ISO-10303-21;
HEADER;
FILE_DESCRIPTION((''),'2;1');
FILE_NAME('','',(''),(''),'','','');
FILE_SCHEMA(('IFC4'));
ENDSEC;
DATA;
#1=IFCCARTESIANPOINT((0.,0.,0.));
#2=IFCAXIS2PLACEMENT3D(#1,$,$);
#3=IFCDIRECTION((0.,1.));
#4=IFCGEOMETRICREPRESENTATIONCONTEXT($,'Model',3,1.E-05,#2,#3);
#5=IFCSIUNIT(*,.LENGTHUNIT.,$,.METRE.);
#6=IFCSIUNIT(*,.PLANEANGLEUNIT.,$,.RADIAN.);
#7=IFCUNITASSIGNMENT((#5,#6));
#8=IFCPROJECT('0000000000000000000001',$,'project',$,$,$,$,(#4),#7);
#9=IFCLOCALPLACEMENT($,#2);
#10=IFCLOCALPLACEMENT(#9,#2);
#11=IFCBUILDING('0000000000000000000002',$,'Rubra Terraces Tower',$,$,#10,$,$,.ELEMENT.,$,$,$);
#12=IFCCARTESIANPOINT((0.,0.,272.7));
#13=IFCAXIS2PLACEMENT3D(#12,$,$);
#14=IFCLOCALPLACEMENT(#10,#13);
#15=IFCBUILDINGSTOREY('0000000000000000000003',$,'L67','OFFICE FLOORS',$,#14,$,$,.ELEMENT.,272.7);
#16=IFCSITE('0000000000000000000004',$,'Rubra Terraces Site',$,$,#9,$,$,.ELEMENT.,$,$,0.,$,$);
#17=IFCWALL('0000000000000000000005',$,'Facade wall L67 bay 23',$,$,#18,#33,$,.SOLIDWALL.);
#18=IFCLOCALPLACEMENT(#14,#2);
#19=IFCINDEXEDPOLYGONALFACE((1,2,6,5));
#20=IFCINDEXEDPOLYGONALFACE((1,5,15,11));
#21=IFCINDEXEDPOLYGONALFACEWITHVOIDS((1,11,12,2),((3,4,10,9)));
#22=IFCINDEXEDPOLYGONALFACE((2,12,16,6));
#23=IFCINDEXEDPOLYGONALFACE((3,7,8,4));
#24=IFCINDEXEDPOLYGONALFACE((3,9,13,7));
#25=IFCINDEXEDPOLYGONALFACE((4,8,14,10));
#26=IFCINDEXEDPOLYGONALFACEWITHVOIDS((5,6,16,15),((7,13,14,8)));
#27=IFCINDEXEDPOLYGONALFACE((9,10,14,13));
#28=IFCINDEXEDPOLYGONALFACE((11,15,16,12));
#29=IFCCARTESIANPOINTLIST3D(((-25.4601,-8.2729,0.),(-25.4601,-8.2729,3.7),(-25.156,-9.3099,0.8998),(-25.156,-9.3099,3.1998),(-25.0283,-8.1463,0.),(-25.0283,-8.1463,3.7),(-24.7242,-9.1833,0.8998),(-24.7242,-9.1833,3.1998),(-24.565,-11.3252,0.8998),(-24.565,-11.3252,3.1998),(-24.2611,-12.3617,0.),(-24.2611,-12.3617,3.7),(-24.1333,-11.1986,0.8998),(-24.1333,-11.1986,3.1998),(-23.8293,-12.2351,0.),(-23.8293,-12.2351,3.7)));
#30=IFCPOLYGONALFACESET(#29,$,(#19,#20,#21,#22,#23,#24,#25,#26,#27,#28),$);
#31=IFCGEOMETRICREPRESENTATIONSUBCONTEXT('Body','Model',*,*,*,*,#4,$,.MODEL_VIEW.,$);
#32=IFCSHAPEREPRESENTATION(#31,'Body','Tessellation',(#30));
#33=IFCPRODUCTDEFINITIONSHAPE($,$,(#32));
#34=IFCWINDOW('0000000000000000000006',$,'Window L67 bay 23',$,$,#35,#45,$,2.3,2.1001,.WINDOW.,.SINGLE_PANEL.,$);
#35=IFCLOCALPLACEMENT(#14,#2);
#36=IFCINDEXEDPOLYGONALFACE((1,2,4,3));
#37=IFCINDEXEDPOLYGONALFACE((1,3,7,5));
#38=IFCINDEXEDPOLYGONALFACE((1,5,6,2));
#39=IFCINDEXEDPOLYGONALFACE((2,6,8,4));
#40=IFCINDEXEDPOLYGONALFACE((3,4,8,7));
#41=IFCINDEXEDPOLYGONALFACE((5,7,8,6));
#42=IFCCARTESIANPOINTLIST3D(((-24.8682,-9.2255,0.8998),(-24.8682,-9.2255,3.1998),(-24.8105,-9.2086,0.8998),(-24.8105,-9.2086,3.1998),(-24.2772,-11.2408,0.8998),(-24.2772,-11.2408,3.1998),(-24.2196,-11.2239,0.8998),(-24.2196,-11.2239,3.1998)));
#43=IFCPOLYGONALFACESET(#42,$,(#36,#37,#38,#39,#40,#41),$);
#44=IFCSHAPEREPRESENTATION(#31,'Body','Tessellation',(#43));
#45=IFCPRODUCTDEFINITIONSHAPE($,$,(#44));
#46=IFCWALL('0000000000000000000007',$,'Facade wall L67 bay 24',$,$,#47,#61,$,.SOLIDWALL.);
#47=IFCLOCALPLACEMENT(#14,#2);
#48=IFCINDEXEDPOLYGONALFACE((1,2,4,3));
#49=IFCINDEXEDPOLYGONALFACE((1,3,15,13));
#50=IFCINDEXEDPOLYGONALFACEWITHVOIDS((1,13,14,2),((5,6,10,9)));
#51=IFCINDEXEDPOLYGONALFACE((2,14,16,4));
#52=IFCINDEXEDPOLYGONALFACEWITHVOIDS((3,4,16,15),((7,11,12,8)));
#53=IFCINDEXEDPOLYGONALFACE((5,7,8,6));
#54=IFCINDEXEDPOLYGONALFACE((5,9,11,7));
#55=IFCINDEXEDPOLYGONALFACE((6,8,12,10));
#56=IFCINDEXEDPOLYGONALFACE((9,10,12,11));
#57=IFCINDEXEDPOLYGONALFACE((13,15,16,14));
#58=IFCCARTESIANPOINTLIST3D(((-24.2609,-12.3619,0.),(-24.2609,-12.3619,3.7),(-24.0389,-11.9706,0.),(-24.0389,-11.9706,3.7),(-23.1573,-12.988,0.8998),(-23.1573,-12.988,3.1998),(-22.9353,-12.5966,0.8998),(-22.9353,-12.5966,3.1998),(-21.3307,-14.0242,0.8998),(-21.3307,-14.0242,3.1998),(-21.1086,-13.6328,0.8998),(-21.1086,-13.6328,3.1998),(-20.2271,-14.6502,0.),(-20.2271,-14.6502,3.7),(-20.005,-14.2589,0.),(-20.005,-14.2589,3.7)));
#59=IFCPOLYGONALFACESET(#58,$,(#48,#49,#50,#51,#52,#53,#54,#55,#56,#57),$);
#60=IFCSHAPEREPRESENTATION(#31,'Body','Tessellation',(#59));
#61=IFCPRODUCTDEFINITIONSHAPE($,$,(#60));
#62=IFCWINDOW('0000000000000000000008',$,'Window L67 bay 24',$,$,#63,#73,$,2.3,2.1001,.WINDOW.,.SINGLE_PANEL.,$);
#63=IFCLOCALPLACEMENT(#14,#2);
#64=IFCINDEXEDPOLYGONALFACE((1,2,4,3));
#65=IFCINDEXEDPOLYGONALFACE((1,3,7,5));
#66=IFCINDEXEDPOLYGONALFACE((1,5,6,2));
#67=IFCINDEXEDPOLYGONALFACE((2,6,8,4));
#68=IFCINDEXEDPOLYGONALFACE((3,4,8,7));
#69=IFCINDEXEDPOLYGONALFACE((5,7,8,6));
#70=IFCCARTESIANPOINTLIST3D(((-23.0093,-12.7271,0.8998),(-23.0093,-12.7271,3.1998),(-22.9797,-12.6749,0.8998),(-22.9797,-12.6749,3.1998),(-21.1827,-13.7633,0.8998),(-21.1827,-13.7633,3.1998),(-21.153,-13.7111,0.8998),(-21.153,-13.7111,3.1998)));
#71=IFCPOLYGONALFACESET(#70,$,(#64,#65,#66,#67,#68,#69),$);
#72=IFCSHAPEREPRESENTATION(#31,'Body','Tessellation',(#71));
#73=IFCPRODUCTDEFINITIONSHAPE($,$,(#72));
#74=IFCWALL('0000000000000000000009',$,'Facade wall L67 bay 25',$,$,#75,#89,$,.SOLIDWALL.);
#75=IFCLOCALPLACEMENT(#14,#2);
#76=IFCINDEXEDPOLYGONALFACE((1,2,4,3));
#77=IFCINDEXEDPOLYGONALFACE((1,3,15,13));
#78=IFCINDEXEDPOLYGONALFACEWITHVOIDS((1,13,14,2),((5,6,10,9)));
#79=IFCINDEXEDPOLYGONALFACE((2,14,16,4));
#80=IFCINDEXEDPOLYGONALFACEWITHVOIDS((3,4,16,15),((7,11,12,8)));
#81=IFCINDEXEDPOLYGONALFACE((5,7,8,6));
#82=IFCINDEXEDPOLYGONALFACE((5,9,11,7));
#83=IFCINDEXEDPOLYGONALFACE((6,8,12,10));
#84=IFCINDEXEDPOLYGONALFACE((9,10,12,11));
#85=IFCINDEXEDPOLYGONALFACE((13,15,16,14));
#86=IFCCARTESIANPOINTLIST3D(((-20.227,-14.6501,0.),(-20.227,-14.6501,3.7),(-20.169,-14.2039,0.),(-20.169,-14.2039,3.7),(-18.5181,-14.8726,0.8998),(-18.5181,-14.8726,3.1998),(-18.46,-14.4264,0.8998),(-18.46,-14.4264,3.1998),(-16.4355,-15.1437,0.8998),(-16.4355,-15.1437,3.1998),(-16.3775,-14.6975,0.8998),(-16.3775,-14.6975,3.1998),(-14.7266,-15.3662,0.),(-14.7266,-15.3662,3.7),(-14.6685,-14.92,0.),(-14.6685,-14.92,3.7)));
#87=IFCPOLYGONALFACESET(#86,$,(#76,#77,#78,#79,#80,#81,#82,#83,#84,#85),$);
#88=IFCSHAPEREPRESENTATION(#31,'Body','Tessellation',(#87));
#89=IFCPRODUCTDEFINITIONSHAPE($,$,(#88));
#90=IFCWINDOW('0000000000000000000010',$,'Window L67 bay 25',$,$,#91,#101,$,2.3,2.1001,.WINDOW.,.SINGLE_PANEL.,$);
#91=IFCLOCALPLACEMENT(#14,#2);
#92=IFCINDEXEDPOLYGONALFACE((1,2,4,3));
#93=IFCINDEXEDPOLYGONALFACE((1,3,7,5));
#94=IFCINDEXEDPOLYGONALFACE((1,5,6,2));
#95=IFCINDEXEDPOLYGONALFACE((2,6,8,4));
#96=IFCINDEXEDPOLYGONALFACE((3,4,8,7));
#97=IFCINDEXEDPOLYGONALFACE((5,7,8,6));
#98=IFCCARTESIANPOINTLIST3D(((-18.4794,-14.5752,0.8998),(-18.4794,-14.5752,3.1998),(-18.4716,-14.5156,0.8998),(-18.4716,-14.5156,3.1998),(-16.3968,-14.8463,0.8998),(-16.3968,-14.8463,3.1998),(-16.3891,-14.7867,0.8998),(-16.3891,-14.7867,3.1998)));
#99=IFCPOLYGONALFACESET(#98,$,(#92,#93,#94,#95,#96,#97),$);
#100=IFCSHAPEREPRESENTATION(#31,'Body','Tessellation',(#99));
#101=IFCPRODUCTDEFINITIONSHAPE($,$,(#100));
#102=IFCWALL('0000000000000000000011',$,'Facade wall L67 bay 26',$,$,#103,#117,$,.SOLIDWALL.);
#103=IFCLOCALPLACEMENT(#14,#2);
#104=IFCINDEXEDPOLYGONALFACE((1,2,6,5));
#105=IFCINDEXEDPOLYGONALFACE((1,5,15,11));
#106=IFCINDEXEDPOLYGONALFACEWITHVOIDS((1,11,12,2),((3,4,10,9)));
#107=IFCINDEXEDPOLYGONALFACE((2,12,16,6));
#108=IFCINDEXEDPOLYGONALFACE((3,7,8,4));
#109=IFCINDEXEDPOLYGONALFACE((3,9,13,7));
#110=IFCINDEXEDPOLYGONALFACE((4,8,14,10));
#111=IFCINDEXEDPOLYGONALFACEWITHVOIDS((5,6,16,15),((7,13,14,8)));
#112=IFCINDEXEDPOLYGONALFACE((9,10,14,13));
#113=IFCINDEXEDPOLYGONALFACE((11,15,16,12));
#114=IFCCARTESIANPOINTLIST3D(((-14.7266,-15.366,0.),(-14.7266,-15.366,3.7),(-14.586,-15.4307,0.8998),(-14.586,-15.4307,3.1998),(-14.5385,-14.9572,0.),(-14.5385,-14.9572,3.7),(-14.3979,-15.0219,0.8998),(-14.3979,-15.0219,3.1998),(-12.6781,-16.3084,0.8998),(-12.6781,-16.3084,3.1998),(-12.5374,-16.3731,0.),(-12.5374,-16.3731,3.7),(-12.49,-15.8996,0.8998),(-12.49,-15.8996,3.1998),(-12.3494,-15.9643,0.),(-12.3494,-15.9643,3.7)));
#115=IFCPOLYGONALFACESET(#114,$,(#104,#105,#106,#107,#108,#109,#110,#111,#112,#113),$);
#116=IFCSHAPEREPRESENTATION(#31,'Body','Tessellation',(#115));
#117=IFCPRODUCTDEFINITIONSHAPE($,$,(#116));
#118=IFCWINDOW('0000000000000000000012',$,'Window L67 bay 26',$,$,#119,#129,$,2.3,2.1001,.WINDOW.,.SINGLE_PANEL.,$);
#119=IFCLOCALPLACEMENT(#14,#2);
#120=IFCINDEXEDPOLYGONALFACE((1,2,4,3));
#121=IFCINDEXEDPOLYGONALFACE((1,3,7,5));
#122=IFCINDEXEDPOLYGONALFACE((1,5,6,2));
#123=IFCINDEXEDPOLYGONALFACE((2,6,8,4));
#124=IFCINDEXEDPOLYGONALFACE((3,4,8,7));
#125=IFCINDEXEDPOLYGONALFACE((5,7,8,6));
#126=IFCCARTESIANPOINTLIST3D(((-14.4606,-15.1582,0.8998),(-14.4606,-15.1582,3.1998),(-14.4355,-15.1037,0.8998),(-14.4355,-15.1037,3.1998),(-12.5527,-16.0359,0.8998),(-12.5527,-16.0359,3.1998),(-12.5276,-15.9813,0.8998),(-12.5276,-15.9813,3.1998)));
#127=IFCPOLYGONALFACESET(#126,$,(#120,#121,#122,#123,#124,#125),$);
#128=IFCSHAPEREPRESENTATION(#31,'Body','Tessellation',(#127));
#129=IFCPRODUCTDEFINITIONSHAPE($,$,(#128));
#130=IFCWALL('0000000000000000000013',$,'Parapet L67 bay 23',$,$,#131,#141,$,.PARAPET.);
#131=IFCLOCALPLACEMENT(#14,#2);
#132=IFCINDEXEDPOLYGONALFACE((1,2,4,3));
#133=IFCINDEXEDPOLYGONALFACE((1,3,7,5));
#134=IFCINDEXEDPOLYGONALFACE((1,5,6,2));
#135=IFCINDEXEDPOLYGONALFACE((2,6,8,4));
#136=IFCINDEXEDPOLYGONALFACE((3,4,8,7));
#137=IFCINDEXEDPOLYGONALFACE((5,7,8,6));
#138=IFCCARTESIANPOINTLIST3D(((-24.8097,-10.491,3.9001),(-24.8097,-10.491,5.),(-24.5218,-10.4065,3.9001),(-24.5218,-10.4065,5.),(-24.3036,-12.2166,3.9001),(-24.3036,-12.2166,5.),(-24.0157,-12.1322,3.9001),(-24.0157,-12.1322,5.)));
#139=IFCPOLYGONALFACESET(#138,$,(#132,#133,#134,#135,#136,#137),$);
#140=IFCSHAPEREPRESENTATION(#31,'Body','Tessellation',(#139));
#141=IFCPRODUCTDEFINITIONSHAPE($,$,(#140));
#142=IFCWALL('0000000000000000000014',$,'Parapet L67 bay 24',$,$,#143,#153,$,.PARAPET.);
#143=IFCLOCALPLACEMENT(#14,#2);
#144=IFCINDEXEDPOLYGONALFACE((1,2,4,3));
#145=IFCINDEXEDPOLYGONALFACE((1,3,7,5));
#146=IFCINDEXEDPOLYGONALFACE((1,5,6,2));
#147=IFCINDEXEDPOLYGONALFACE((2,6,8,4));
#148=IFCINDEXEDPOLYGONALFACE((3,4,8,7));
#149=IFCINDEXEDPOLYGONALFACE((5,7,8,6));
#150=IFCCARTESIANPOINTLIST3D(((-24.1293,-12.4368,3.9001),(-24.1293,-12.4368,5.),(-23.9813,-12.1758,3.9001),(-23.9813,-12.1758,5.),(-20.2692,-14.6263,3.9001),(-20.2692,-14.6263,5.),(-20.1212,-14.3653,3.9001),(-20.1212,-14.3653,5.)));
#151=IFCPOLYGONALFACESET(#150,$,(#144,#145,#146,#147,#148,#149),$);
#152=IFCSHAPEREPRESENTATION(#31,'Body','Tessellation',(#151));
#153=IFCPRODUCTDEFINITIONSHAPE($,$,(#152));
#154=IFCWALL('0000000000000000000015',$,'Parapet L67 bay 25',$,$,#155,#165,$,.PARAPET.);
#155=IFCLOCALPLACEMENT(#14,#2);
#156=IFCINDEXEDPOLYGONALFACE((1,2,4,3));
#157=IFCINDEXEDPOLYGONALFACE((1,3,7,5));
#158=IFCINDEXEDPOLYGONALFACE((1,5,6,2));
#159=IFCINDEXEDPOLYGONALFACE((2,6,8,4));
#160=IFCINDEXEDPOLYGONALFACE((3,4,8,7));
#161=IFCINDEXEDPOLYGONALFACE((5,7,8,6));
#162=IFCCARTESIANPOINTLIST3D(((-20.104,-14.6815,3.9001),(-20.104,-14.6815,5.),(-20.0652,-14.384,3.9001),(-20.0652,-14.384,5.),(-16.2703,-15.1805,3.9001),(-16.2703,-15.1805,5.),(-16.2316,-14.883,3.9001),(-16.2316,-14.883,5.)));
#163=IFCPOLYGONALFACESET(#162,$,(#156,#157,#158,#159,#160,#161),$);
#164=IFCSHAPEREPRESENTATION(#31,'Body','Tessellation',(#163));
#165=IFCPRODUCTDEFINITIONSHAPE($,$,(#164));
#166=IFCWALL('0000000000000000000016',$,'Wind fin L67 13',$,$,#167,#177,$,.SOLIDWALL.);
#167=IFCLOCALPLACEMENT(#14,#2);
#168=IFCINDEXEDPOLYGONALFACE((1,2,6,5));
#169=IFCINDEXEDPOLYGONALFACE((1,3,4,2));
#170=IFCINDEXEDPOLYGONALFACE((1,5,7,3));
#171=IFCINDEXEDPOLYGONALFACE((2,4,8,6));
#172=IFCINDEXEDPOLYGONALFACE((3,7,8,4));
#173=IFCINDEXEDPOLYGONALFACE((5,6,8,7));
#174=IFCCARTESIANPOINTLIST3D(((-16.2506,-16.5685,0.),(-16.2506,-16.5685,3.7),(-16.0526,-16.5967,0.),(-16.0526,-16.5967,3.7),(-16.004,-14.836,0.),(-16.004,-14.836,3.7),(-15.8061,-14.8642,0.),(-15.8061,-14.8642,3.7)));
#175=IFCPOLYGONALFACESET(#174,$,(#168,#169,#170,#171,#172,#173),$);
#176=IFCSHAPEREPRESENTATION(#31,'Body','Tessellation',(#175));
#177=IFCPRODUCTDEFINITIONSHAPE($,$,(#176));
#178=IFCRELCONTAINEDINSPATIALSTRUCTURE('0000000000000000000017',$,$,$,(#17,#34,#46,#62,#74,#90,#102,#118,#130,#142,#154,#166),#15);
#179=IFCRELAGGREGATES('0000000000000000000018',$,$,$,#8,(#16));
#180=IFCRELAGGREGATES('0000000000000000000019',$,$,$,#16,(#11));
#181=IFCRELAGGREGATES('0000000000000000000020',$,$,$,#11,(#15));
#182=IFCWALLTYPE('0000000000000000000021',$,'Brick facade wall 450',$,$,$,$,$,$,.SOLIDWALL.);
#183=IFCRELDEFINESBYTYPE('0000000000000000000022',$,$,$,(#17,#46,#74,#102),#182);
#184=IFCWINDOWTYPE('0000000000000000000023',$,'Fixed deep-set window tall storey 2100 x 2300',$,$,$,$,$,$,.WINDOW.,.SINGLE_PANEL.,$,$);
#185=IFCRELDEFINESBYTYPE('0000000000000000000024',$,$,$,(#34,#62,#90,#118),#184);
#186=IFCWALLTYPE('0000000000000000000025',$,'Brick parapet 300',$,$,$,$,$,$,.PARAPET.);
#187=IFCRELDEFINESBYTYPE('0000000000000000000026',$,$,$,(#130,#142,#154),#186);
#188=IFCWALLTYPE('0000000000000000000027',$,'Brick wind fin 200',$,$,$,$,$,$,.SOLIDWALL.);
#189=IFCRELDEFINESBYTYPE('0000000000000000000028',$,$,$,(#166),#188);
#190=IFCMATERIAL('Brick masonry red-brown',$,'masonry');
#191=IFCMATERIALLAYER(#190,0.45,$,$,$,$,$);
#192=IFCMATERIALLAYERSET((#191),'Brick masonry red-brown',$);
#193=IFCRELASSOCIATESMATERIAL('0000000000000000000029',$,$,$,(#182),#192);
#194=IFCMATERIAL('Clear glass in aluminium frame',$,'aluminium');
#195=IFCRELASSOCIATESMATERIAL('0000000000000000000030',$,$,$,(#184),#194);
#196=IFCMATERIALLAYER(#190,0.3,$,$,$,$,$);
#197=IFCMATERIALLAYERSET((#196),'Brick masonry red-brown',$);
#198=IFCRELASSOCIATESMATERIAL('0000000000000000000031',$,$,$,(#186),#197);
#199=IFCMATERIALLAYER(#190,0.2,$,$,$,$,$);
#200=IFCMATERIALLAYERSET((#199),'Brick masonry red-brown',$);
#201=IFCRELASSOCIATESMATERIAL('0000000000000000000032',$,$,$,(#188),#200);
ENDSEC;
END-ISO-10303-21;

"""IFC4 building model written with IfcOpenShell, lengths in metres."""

from ifc_helpers import new_model, si_unit, direction, frame, frame_2d, origin, place, context, subcontext, project, spatial, rectangle, extrude, material, layer, layer_set, type_object, element, fill, save


model = new_model("IFC4")

# Units and contexts
model_context = context("Model", 3, precision=1e-05, world=origin(), true_north=direction((0.0, 1.0)))
body_context = subcontext(model_context, "Body", "Model", "MODEL_VIEW")
ifc_project = project(units=[si_unit("LENGTHUNIT", "METRE"), si_unit("PLANEANGLEUNIT", "RADIAN")], contexts=[model_context])

# Site, building, storey
site_placement = place(None, origin())
site = spatial("IfcSite", under=ifc_project, at=site_placement, Name="Rubra Terraces Site", CompositionType="ELEMENT", RefElevation=0.0)
building_placement = place(site_placement, origin())
building = spatial("IfcBuilding", under=site, at=building_placement, Name="Rubra Terraces Tower", CompositionType="ELEMENT")
storey_placement = place(building_placement, frame((0.0, 0.0, 272.7)))
storey = spatial("IfcBuildingStorey", under=building, at=storey_placement, Name="L67", Description="OFFICE FLOORS", CompositionType="ELEMENT", Elevation=272.7)

# Walls, openings, windows
ifc_material_1 = material(Name="Brick masonry red-brown", Category="masonry")
ifc_layer_1 = layer(ifc_material_1, 0.45)
ifc_layer_set_1 = layer_set([ifc_layer_1], Name="Brick masonry red-brown")
wall_type_1 = type_object("IfcWallType", Name="Brick facade wall 450", PredefinedType="SOLIDWALL", material=ifc_layer_set_1)
wall_1_placement = place(storey_placement, frame((-25.2441, -8.2097, 0.0), z_axis=(0.0, 0.0, 1.0), x_axis=(0.281381, -0.959596, 0.0)))
wall_1 = element("IfcWall", 1, at=wall_1_placement, inside=storey, type_object=wall_type_1, Name="Facade wall L67 bay 23", PredefinedType="SOLIDWALL", context=body_context, shape_type="SweptSolid", body=[
    extrude(rectangle(XDim=4.261, YDim=0.45, at=frame_2d((2.1304, 0.0))), origin(), (0.0, 0.0, 1.0), 3.7),
])
opening_1_placement = place(wall_1_placement, frame((1.0806, 0.0, 0.8999)))
opening_1 = element("IfcOpeningElement", 2, at=opening_1_placement, cuts=wall_1, PredefinedType="OPENING", context=body_context, shape_type="SweptSolid", body=[
    extrude(rectangle(XDim=2.1001, YDim=2.3, at=frame_2d((1.05, 1.1499))), frame((0.0, 0.2349, 0.0), z_axis=(0.0, -1.0, 0.0), x_axis=(1.0, 0.0, 0.0)), (0.0, 0.0, 1.0), 0.47),
])
ifc_material_2 = material(Name="Clear glass in aluminium frame", Category="aluminium")
window_type = type_object("IfcWindowType", Name="Fixed deep-set window tall storey 2100 x 2300", PartitioningType="SINGLE_PANEL", PredefinedType="WINDOW", material=ifc_material_2)
window_1_placement = place(opening_1_placement, origin())
window_1 = element("IfcWindow", 3, at=window_1_placement, inside=storey, type_object=window_type, Name="Window L67 bay 23", OverallHeight=2.3, OverallWidth=2.1001, PartitioningType="SINGLE_PANEL", PredefinedType="WINDOW", context=body_context, shape_type="SweptSolid", body=[
    extrude(rectangle(XDim=2.1001, YDim=2.3, at=frame_2d((1.05, 1.1499))), frame((0.0, 0.135, 0.0), z_axis=(0.0, -1.0, 0.0), x_axis=(1.0, 0.0, 0.0)), (0.0, 0.0, 1.0), 0.0601),
])
fill(opening_1, window_1)
wall_2_placement = place(storey_placement, frame((-24.1499, -12.1663, 0.0), z_axis=(0.0, 0.0, 1.0), x_axis=(0.869797, -0.49341, 0.0)))
wall_2 = element("IfcWall", 4, at=wall_2_placement, inside=storey, type_object=wall_type_1, Name="Facade wall L67 bay 24", PredefinedType="SOLIDWALL", context=body_context, shape_type="SweptSolid", body=[
    extrude(rectangle(XDim=4.6377, YDim=0.45, at=frame_2d((2.3188, 0.0))), origin(), (0.0, 0.0, 1.0), 3.7),
])
opening_2_placement = place(wall_2_placement, frame((1.2688, 0.0, 0.8999)))
opening_2 = element("IfcOpeningElement", 5, at=opening_2_placement, cuts=wall_2, PredefinedType="OPENING", context=body_context, shape_type="SweptSolid", body=[
    extrude(rectangle(XDim=2.1001, YDim=2.3, at=frame_2d((1.05, 1.1499))), frame((0.0, 0.2349, 0.0), z_axis=(0.0, -1.0, 0.0), x_axis=(1.0, 0.0, 0.0)), (0.0, 0.0, 1.0), 0.47),
])
window_2_placement = place(opening_2_placement, origin())
window_2 = element("IfcWindow", 6, at=window_2_placement, inside=storey, type_object=window_type, Name="Window L67 bay 24", OverallHeight=2.3, OverallWidth=2.1001, PartitioningType="SINGLE_PANEL", PredefinedType="WINDOW", context=body_context, shape_type="SweptSolid", body=[
    extrude(rectangle(XDim=2.1001, YDim=2.3, at=frame_2d((1.05, 1.1499))), frame((0.0, 0.135, 0.0), z_axis=(0.0, -1.0, 0.0), x_axis=(1.0, 0.0, 0.0)), (0.0, 0.0, 1.0), 0.0601),
])
fill(opening_2, window_2)
wall_3_placement = place(storey_placement, frame((-20.198, -14.427, 0.0), z_axis=(0.0, 0.0, 1.0), x_axis=(0.991633, -0.129093, 0.0)))
wall_3 = element("IfcWall", 7, at=wall_3_placement, inside=storey, type_object=wall_type_1, Name="Facade wall L67 bay 25", PredefinedType="SOLIDWALL", context=body_context, shape_type="SweptSolid", body=[
    extrude(rectangle(XDim=5.5469, YDim=0.45, at=frame_2d((2.7734, 0.0))), origin(), (0.0, 0.0, 1.0), 3.7),
])
opening_3_placement = place(wall_3_placement, frame((1.7234, 0.0, 0.8999)))
opening_3 = element("IfcOpeningElement", 8, at=opening_3_placement, cuts=wall_3, PredefinedType="OPENING", context=body_context, shape_type="SweptSolid", body=[
    extrude(rectangle(XDim=2.1001, YDim=2.3, at=frame_2d((1.05, 1.1499))), frame((0.0, 0.2349, 0.0), z_axis=(0.0, -1.0, 0.0), x_axis=(1.0, 0.0, 0.0)), (0.0, 0.0, 1.0), 0.47),
])
window_3_placement = place(opening_3_placement, origin())
window_3 = element("IfcWindow", 9, at=window_3_placement, inside=storey, type_object=window_type, Name="Window L67 bay 25", OverallHeight=2.3, OverallWidth=2.1001, PartitioningType="SINGLE_PANEL", PredefinedType="WINDOW", context=body_context, shape_type="SweptSolid", body=[
    extrude(rectangle(XDim=2.1001, YDim=2.3, at=frame_2d((1.05, 1.1499))), frame((0.0, 0.135, 0.0), z_axis=(0.0, -1.0, 0.0), x_axis=(1.0, 0.0, 0.0)), (0.0, 0.0, 1.0), 0.0601),
])
fill(opening_3, window_3)
wall_4_placement = place(storey_placement, frame((-14.6326, -15.1616, 0.0), z_axis=(0.0, 0.0, 1.0), x_axis=(0.908484, -0.417921, 0.0)))
wall_4 = element("IfcWall", 10, at=wall_4_placement, inside=storey, type_object=wall_type_1, Name="Facade wall L67 bay 26", PredefinedType="SOLIDWALL", context=body_context, shape_type="SweptSolid", body=[
    extrude(rectangle(XDim=2.4097, YDim=0.45, at=frame_2d((1.2048, 0.0))), origin(), (0.0, 0.0, 1.0), 3.7),
])
opening_4_placement = place(wall_4_placement, frame((0.1548, 0.0, 0.8999)))
opening_4 = element("IfcOpeningElement", 11, at=opening_4_placement, cuts=wall_4, PredefinedType="OPENING", context=body_context, shape_type="SweptSolid", body=[
    extrude(rectangle(XDim=2.1001, YDim=2.3, at=frame_2d((1.05, 1.1499))), frame((0.0, 0.2349, 0.0), z_axis=(0.0, -1.0, 0.0), x_axis=(1.0, 0.0, 0.0)), (0.0, 0.0, 1.0), 0.47),
])
window_4_placement = place(opening_4_placement, origin())
window_4 = element("IfcWindow", 12, at=window_4_placement, inside=storey, type_object=window_type, Name="Window L67 bay 26", OverallHeight=2.3, OverallWidth=2.1001, PartitioningType="SINGLE_PANEL", PredefinedType="WINDOW", context=body_context, shape_type="SweptSolid", body=[
    extrude(rectangle(XDim=2.1001, YDim=2.3, at=frame_2d((1.05, 1.1499))), frame((0.0, 0.135, 0.0), z_axis=(0.0, -1.0, 0.0), x_axis=(1.0, 0.0, 0.0)), (0.0, 0.0, 1.0), 0.0601),
])
fill(opening_4, window_4)

# Walls
ifc_layer_2 = layer(ifc_material_1, 0.3)
ifc_layer_set_2 = layer_set([ifc_layer_2], Name="Brick masonry red-brown")
wall_type_2 = type_object("IfcWallType", Name="Brick parapet 300", PredefinedType="PARAPET", material=ifc_layer_set_2)
wall_5_placement = place(storey_placement, frame((-24.6658, -10.4487, 3.9001), z_axis=(0.0, 0.0, 1.0), x_axis=(0.281439, -0.959579, 0.0)))
element("IfcWall", 13, at=wall_5_placement, inside=storey, type_object=wall_type_2, Name="Parapet L67 bay 23", PredefinedType="PARAPET", context=body_context, shape_type="SweptSolid", body=[
    extrude(rectangle(XDim=1.7983, YDim=0.3, at=frame_2d((0.8992, 0.0))), origin(), (0.0, 0.0, 1.0), 1.0999),
])
wall_6_placement = place(storey_placement, frame((-24.0552, -12.3064, 3.9001), z_axis=(0.0, 0.0, 1.0), x_axis=(0.869823, -0.493364, 0.0)))
element("IfcWall", 14, at=wall_6_placement, inside=storey, type_object=wall_type_2, Name="Parapet L67 bay 24", PredefinedType="PARAPET", context=body_context, shape_type="SweptSolid", body=[
    extrude(rectangle(XDim=4.4377, YDim=0.3, at=frame_2d((2.2188, 0.0))), origin(), (0.0, 0.0, 1.0), 1.0999),
])
wall_7_placement = place(storey_placement, frame((-20.0847, -14.5327, 3.9001), z_axis=(0.0, 0.0, 1.0), x_axis=(0.991635, -0.129077, 0.0)))
element("IfcWall", 15, at=wall_7_placement, inside=storey, type_object=wall_type_2, Name="Parapet L67 bay 25", PredefinedType="PARAPET", context=body_context, shape_type="SweptSolid", body=[
    extrude(rectangle(XDim=3.866, YDim=0.3, at=frame_2d((1.9331, 0.0))), origin(), (0.0, 0.0, 1.0), 1.0999),
])
ifc_layer_3 = layer(ifc_material_1, 0.2)
ifc_layer_set_3 = layer_set([ifc_layer_3], Name="Brick masonry red-brown")
wall_type_3 = type_object("IfcWallType", Name="Brick wind fin 200", PredefinedType="SOLIDWALL", material=ifc_layer_set_3)
wall_8_placement = place(storey_placement, frame((-15.905, -14.8501, 0.0), z_axis=(0.0, 0.0, 1.0), x_axis=(-0.140913, -0.990022, 0.0)))
element("IfcWall", 16, at=wall_8_placement, inside=storey, type_object=wall_type_3, Name="Wind fin L67 13", PredefinedType="SOLIDWALL", context=body_context, shape_type="SweptSolid", body=[
    extrude(rectangle(XDim=1.75, YDim=0.2, at=frame_2d((0.875, 0.0))), origin(), (0.0, 0.0, 1.0), 3.7),
])

save(model, "model.ifc")
